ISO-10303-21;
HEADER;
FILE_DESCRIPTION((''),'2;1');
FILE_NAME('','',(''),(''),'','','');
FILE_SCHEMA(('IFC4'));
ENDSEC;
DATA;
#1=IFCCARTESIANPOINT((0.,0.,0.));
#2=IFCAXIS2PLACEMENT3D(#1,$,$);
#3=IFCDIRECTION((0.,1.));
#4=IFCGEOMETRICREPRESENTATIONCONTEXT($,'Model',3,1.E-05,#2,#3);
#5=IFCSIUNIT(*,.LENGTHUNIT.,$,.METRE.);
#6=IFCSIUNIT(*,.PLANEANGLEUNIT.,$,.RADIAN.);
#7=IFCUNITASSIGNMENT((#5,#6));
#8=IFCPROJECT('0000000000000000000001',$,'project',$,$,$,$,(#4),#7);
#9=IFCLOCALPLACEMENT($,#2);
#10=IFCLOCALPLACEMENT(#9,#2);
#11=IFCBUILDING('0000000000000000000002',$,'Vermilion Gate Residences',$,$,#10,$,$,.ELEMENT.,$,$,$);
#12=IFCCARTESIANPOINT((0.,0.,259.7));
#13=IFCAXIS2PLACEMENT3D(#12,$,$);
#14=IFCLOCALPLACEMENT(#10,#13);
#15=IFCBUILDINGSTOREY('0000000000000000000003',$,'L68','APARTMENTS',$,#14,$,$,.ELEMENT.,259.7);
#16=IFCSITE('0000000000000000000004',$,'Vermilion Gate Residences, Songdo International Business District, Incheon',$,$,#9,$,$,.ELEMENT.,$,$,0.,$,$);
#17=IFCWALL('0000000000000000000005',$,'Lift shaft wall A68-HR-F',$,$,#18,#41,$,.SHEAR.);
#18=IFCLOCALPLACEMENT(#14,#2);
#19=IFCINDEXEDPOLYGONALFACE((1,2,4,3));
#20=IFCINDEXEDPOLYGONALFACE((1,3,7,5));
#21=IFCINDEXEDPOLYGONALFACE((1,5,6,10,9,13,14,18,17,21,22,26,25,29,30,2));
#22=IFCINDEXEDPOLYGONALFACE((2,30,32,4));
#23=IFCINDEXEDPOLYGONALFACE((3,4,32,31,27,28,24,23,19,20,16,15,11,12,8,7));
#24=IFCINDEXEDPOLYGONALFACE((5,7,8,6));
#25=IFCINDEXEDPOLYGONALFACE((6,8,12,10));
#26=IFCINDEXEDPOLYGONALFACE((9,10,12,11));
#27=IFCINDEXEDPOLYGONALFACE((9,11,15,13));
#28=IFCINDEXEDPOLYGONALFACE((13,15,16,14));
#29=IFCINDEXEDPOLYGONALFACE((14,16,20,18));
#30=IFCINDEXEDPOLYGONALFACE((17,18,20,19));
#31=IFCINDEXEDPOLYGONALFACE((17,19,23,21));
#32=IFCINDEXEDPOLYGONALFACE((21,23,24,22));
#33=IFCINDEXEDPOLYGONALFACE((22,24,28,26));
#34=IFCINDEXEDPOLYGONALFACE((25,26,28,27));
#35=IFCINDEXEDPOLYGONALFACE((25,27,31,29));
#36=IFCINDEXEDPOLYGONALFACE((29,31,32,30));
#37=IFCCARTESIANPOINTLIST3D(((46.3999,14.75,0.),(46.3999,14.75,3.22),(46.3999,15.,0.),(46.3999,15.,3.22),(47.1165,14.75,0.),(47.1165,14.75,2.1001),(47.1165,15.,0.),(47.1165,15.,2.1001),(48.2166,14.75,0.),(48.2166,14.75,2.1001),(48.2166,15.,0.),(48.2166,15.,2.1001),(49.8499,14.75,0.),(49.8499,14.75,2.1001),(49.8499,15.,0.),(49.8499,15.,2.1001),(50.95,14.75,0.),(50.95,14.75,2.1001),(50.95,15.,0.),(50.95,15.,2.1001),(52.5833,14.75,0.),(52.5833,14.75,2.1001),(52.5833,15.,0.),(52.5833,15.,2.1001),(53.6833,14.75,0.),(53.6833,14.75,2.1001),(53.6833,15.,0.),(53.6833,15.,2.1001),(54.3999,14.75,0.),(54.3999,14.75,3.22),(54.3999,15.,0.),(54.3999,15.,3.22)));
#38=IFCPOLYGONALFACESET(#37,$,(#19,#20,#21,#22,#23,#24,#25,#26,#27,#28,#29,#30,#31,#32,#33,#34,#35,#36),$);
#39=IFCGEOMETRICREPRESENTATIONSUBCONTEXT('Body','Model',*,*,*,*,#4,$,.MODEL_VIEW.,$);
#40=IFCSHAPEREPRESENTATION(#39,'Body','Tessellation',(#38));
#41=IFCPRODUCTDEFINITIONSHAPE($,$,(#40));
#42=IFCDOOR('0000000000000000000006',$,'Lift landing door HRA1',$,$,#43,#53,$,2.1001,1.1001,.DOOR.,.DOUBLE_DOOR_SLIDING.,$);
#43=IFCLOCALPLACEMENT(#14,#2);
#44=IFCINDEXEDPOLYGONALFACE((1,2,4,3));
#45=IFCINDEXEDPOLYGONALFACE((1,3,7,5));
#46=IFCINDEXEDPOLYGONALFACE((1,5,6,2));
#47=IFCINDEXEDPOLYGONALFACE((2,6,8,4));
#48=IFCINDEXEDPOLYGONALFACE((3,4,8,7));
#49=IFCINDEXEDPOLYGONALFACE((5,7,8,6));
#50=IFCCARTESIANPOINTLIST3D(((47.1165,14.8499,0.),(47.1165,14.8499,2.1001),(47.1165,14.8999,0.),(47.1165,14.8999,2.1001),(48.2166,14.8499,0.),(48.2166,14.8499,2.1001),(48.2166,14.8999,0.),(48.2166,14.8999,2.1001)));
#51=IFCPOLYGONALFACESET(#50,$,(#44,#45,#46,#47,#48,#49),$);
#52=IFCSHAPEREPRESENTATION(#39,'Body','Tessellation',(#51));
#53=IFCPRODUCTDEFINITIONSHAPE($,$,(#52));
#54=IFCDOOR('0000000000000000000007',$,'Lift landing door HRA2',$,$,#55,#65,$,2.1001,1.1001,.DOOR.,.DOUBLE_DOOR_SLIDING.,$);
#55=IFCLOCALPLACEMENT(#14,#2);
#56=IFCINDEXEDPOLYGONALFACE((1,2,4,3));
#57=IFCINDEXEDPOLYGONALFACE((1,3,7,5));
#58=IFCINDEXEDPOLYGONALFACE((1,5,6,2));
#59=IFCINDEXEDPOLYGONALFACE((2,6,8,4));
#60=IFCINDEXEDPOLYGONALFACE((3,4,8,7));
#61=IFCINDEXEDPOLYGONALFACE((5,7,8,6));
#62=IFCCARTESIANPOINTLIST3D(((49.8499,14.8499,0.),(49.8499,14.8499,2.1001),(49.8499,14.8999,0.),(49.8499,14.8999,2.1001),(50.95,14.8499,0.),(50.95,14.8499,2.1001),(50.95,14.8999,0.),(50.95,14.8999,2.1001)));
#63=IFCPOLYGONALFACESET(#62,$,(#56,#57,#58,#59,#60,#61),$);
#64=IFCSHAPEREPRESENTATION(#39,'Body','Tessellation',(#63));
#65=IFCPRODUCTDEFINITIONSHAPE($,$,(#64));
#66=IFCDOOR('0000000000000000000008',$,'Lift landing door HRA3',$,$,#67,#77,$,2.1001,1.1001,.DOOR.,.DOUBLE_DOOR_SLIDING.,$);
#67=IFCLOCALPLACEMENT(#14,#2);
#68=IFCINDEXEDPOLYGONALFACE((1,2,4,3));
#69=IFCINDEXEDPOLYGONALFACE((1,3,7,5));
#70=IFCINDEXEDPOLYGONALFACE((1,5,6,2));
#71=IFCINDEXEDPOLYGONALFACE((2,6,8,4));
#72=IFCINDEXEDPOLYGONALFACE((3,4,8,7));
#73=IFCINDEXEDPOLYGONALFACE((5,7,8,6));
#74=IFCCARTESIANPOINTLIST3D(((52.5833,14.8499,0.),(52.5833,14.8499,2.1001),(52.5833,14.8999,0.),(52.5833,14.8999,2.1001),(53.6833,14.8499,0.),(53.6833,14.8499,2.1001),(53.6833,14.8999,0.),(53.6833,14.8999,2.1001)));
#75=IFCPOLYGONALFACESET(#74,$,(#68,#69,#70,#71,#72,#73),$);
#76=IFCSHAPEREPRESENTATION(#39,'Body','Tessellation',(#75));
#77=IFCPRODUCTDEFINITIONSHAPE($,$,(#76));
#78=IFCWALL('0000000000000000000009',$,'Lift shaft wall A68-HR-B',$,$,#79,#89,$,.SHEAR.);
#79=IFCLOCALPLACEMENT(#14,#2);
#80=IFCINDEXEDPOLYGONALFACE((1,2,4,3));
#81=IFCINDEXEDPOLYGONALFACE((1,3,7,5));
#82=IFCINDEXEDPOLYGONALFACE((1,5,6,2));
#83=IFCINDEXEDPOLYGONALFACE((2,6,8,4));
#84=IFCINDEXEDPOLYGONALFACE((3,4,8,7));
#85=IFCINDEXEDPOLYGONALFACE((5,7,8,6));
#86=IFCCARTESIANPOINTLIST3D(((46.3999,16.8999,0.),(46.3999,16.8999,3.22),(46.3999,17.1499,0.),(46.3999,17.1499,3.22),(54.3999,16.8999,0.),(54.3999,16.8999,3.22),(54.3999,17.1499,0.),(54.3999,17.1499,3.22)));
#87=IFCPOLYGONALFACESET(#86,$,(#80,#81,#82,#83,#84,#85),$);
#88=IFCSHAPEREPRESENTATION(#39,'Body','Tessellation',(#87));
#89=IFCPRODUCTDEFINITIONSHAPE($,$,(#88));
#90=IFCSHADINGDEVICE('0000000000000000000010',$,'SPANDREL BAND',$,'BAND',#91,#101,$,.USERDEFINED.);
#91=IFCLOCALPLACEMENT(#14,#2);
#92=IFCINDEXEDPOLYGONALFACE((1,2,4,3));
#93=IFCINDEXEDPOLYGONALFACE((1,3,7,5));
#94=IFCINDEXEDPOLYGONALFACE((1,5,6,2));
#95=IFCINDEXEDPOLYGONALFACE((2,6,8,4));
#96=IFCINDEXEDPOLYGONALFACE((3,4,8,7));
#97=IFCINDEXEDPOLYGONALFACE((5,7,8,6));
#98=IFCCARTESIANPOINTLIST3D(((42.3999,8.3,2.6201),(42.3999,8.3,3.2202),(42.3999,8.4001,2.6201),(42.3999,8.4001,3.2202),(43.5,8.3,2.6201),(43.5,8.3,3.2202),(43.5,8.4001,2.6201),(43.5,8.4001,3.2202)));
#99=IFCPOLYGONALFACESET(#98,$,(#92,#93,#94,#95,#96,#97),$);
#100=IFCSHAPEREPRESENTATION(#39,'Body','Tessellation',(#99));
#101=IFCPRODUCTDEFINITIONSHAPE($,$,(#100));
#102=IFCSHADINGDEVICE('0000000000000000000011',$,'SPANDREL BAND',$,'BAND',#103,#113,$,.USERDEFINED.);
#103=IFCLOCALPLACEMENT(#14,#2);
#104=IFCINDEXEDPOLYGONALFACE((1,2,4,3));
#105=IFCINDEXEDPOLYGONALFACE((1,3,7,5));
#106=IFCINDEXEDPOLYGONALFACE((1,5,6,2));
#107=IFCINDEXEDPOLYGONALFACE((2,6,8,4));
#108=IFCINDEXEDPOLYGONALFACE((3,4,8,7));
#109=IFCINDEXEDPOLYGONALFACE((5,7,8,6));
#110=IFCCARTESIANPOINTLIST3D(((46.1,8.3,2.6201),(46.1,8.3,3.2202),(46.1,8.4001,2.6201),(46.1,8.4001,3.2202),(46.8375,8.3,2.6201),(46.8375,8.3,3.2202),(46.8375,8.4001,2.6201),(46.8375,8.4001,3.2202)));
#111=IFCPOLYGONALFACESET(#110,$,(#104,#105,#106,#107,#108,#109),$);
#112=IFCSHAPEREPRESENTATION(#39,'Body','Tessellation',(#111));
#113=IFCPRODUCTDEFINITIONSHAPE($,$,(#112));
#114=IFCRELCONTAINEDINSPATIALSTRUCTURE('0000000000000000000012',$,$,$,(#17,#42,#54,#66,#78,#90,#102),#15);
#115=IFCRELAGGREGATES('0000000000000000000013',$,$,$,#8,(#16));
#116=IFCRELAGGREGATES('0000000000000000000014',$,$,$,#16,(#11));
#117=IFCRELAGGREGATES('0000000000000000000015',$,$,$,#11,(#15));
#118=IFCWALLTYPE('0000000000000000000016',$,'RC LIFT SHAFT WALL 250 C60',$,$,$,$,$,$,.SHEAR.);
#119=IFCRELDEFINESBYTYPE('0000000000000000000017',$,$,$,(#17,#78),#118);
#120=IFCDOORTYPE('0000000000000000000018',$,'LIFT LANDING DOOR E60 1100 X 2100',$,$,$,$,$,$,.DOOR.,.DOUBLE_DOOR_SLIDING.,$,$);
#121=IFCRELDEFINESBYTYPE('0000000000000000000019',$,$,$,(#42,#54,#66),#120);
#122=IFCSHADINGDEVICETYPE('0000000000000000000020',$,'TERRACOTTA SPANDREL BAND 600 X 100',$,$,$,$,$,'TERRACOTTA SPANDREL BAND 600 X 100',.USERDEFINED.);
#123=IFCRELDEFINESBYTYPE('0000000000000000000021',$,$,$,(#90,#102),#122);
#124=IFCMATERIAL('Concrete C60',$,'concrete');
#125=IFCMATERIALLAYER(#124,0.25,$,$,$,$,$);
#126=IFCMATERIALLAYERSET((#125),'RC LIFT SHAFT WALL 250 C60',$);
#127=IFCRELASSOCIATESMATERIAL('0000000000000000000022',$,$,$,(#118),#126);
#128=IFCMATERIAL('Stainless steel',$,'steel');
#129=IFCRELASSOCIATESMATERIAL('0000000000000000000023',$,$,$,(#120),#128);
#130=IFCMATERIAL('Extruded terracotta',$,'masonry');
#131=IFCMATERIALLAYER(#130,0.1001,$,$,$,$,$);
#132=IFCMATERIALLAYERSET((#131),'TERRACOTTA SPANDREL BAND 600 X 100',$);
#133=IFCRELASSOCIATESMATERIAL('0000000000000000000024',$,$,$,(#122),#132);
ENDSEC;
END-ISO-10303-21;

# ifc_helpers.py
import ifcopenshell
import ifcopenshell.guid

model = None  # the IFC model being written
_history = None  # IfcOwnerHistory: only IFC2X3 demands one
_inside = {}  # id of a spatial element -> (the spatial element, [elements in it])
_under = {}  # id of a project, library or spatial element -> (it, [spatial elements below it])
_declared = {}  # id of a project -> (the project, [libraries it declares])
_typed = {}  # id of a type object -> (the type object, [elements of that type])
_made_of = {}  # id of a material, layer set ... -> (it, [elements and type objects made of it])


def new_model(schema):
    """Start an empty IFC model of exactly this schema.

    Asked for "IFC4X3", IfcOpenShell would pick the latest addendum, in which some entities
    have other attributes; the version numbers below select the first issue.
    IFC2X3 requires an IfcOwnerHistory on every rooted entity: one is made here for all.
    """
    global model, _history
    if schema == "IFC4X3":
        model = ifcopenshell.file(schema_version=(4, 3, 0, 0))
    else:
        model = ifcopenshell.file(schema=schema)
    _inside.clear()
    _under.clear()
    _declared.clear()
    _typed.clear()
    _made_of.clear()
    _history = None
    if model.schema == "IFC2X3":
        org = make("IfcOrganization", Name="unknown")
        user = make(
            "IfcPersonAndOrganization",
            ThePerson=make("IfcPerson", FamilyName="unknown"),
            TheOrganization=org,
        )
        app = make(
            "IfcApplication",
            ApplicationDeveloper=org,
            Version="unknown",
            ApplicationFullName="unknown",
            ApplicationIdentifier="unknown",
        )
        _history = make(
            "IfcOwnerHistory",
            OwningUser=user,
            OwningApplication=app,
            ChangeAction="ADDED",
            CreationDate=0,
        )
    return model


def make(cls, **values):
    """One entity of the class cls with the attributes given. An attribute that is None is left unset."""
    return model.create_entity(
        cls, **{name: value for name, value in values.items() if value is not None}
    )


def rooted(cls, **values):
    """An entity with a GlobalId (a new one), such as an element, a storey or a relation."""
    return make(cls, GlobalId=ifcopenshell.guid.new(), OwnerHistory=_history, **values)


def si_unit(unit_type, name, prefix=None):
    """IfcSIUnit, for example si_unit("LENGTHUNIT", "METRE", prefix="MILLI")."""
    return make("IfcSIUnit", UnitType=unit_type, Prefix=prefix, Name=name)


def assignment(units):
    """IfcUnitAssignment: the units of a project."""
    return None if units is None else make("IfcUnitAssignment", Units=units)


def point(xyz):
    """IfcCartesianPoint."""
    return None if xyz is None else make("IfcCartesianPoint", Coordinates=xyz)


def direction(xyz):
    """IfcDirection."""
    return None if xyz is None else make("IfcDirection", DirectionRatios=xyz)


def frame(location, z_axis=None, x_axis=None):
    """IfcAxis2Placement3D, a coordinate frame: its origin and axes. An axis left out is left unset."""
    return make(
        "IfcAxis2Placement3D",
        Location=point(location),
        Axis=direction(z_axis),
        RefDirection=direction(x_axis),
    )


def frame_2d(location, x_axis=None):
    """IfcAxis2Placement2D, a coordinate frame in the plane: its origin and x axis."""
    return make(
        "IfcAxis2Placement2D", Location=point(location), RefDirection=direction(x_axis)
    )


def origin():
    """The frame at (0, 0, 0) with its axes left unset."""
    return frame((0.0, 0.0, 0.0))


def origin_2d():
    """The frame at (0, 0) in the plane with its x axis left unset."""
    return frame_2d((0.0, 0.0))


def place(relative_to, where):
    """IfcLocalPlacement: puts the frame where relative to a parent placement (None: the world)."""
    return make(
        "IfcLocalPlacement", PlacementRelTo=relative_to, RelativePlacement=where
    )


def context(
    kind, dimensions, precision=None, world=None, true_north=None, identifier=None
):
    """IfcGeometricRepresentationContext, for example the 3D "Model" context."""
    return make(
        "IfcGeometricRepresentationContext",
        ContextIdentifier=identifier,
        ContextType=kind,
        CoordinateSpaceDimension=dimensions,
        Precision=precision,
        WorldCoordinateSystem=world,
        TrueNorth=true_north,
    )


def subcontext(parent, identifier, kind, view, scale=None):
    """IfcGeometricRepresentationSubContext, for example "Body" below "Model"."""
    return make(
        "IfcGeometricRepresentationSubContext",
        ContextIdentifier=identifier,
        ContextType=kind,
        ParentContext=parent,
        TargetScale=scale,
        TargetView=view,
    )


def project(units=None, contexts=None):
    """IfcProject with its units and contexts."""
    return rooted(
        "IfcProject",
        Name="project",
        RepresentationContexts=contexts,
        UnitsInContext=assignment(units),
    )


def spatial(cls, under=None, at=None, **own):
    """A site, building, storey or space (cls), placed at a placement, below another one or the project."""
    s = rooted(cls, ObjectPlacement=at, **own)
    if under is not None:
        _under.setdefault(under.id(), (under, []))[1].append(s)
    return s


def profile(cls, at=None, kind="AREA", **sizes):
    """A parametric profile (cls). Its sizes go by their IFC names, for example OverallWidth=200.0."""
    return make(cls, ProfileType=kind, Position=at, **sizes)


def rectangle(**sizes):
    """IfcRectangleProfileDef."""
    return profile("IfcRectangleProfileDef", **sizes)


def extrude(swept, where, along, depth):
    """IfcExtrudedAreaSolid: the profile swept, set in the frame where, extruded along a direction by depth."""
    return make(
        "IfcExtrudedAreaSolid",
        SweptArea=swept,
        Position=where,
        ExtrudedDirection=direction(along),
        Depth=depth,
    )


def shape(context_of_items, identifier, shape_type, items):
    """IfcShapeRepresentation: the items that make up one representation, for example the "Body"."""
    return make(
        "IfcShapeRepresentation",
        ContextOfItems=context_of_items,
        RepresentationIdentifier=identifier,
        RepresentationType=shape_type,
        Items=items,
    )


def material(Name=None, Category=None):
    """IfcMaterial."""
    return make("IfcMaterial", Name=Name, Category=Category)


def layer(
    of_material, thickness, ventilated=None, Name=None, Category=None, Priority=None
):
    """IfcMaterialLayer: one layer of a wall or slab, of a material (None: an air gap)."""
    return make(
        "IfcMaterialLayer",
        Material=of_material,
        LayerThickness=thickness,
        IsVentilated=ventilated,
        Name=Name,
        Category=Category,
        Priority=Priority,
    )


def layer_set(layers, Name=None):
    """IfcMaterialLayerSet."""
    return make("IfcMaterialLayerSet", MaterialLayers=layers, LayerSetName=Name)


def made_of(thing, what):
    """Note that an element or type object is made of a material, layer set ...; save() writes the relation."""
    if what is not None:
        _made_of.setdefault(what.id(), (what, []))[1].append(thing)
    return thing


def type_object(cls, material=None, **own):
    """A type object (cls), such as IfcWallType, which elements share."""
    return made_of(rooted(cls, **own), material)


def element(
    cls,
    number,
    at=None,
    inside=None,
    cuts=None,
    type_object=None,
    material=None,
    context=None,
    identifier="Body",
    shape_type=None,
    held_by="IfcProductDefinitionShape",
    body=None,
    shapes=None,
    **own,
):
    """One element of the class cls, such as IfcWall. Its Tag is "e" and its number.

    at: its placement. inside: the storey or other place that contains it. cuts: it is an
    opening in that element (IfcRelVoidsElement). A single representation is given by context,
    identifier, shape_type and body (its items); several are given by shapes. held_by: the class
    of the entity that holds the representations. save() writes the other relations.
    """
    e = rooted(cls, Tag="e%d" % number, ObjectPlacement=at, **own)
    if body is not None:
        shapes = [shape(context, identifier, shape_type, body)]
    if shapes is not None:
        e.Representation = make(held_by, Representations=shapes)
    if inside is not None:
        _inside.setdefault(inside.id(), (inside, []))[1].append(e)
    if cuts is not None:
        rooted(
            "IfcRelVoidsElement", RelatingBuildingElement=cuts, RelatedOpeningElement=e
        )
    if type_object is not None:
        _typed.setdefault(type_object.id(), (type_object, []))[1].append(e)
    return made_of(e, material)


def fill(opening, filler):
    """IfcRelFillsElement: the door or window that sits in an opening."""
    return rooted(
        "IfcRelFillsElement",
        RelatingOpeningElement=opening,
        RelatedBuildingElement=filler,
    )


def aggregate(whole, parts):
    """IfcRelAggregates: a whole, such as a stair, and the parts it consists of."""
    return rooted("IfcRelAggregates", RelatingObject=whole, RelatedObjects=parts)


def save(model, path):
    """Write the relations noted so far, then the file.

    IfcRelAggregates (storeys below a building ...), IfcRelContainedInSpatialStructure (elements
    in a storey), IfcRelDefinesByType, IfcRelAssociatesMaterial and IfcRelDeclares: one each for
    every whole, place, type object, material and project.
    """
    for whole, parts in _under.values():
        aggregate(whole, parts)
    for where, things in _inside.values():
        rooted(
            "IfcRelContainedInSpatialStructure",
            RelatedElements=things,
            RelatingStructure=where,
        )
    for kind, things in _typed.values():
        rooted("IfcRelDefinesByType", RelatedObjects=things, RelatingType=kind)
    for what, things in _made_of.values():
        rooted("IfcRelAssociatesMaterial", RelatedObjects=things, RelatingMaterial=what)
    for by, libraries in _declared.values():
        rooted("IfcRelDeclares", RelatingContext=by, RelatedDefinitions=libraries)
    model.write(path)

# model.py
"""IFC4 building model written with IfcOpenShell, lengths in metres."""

from ifc_helpers import new_model, si_unit, direction, frame, frame_2d, origin, origin_2d, place, context, subcontext, project, spatial, rectangle, extrude, material, layer, layer_set, type_object, element, fill, save


model = new_model("IFC4")

# Units and contexts
model_context = context("Model", 3, precision=1e-05, world=origin(), true_north=direction((0.0, 1.0)))
body_context = subcontext(model_context, "Body", "Model", "MODEL_VIEW")
ifc_project = project(units=[si_unit("LENGTHUNIT", "METRE"), si_unit("PLANEANGLEUNIT", "RADIAN")], contexts=[model_context])

# Site, building, storey
site_placement = place(None, origin())
site = spatial("IfcSite", under=ifc_project, at=site_placement, Name="Vermilion Gate Residences, Songdo International Business District, Incheon", CompositionType="ELEMENT", RefElevation=0.0)
building_placement = place(site_placement, origin())
building = spatial("IfcBuilding", under=site, at=building_placement, Name="Vermilion Gate Residences", CompositionType="ELEMENT")
storey_placement = place(building_placement, frame((0.0, 0.0, 259.7)))
storey = spatial("IfcBuildingStorey", under=building, at=storey_placement, Name="L68", Description="APARTMENTS", CompositionType="ELEMENT", Elevation=259.7)

# Wall, openings, doors
ifc_material_1 = material(Name="Concrete C60", Category="concrete")
ifc_layer_1 = layer(ifc_material_1, 0.25)
ifc_layer_set_1 = layer_set([ifc_layer_1], Name="RC LIFT SHAFT WALL 250 C60")
wall_type_1 = type_object("IfcWallType", Name="RC LIFT SHAFT WALL 250 C60", PredefinedType="SHEAR", material=ifc_layer_set_1)
wall_1_placement = place(storey_placement, frame((46.3999, 14.875, 0.0), z_axis=(0.0, 0.0, 1.0), x_axis=(1.0, 0.0, 0.0)))
wall_1 = element("IfcWall", 1, at=wall_1_placement, inside=storey, type_object=wall_type_1, Name="Lift shaft wall A68-HR-F", PredefinedType="SHEAR", context=body_context, shape_type="SweptSolid", body=[
    extrude(rectangle(XDim=8.0, YDim=0.25, at=frame_2d((4.0, 0.0))), origin(), (0.0, 0.0, 1.0), 3.22),
])
opening_1_placement = place(wall_1_placement, frame((0.7166, 0.0, 0.0)))
opening_1 = element("IfcOpeningElement", 2, at=opening_1_placement, cuts=wall_1, PredefinedType="OPENING", context=body_context, shape_type="SweptSolid", body=[
    extrude(rectangle(XDim=1.1001, YDim=2.1001, at=frame_2d((0.55, 1.05))), frame((0.0, 0.135, 0.0), z_axis=(0.0, -1.0, 0.0), x_axis=(1.0, 0.0, 0.0)), (0.0, 0.0, 1.0), 0.27),
])
opening_2_placement = place(wall_1_placement, frame((3.45, 0.0, 0.0)))
opening_2 = element("IfcOpeningElement", 3, at=opening_2_placement, cuts=wall_1, PredefinedType="OPENING", context=body_context, shape_type="SweptSolid", body=[
    extrude(rectangle(XDim=1.1001, YDim=2.1001, at=frame_2d((0.55, 1.05))), frame((0.0, 0.135, 0.0), z_axis=(0.0, -1.0, 0.0), x_axis=(1.0, 0.0, 0.0)), (0.0, 0.0, 1.0), 0.27),
])
opening_3_placement = place(wall_1_placement, frame((6.1833, 0.0, 0.0)))
opening_3 = element("IfcOpeningElement", 4, at=opening_3_placement, cuts=wall_1, PredefinedType="OPENING", context=body_context, shape_type="SweptSolid", body=[
    extrude(rectangle(XDim=1.1001, YDim=2.1001, at=frame_2d((0.55, 1.05))), frame((0.0, 0.135, 0.0), z_axis=(0.0, -1.0, 0.0), x_axis=(1.0, 0.0, 0.0)), (0.0, 0.0, 1.0), 0.27),
])
ifc_material_2 = material(Name="Stainless steel", Category="steel")
door_type_1 = type_object("IfcDoorType", Name="LIFT LANDING DOOR E60 1100 X 2100", OperationType="DOUBLE_DOOR_SLIDING", PredefinedType="DOOR", material=ifc_material_2)
door_1_placement = place(opening_1_placement, origin())
door_1 = element("IfcDoor", 5, at=door_1_placement, inside=storey, type_object=door_type_1, Name="Lift landing door HRA1", OperationType="DOUBLE_DOOR_SLIDING", OverallHeight=2.1001, OverallWidth=1.1001, PredefinedType="DOOR", context=body_context, shape_type="SweptSolid", body=[
    extrude(rectangle(XDim=1.1001, YDim=2.1001, at=frame_2d((0.55, 1.05))), frame((0.0, 0.0249, 0.0), z_axis=(0.0, -1.0, 0.0), x_axis=(1.0, 0.0, 0.0)), (0.0, 0.0, 1.0), 0.05),
])
fill(opening_1, door_1)
door_2_placement = place(opening_2_placement, origin())
door_2 = element("IfcDoor", 6, at=door_2_placement, inside=storey, type_object=door_type_1, Name="Lift landing door HRA2", OperationType="DOUBLE_DOOR_SLIDING", OverallHeight=2.1001, OverallWidth=1.1001, PredefinedType="DOOR", context=body_context, shape_type="SweptSolid", body=[
    extrude(rectangle(XDim=1.1001, YDim=2.1001, at=frame_2d((0.55, 1.05))), frame((0.0, 0.0249, 0.0), z_axis=(0.0, -1.0, 0.0), x_axis=(1.0, 0.0, 0.0)), (0.0, 0.0, 1.0), 0.05),
])
fill(opening_2, door_2)
door_3_placement = place(opening_3_placement, origin())
door_3 = element("IfcDoor", 7, at=door_3_placement, inside=storey, type_object=door_type_1, Name="Lift landing door HRA3", OperationType="DOUBLE_DOOR_SLIDING", OverallHeight=2.1001, OverallWidth=1.1001, PredefinedType="DOOR", context=body_context, shape_type="SweptSolid", body=[
    extrude(rectangle(XDim=1.1001, YDim=2.1001, at=frame_2d((0.55, 1.05))), frame((0.0, 0.0249, 0.0), z_axis=(0.0, -1.0, 0.0), x_axis=(1.0, 0.0, 0.0)), (0.0, 0.0, 1.0), 0.05),
])
fill(opening_3, door_3)

# Wall
wall_2_placement = place(storey_placement, frame((46.3999, 17.0249, 0.0), z_axis=(0.0, 0.0, 1.0), x_axis=(1.0, 0.0, 0.0)))
element("IfcWall", 8, at=wall_2_placement, inside=storey, type_object=wall_type_1, Name="Lift shaft wall A68-HR-B", PredefinedType="SHEAR", context=body_context, shape_type="SweptSolid", body=[
    extrude(rectangle(XDim=8.0, YDim=0.25, at=frame_2d((4.0, 0.0))), origin(), (0.0, 0.0, 1.0), 3.22),
])

# Shading devices
ifc_material_3 = material(Name="Extruded terracotta", Category="masonry")
ifc_layer_2 = layer(ifc_material_3, 0.1001)
ifc_layer_set_2 = layer_set([ifc_layer_2], Name="TERRACOTTA SPANDREL BAND 600 X 100")
shading_device_type = type_object("IfcShadingDeviceType", Name="TERRACOTTA SPANDREL BAND 600 X 100", ElementType="TERRACOTTA SPANDREL BAND 600 X 100", PredefinedType="USERDEFINED", material=ifc_layer_set_2)
shading_device_1_placement = place(storey_placement, frame((42.95, 8.3501, 2.6201), z_axis=(0.0, 0.0, 1.0), x_axis=(1.0, 0.0, 0.0)))
element("IfcShadingDevice", 9, at=shading_device_1_placement, inside=storey, type_object=shading_device_type, Name="SPANDREL BAND", ObjectType="BAND", PredefinedType="USERDEFINED", context=body_context, shape_type="SweptSolid", body=[
    extrude(rectangle(XDim=1.1001, YDim=0.1001, at=origin_2d()), origin(), (0.0, 0.0, 1.0), 0.6001),
])
shading_device_2_placement = place(storey_placement, frame((46.4688, 8.3501, 2.6201), z_axis=(0.0, 0.0, 1.0), x_axis=(1.0, 0.0, 0.0)))
element("IfcShadingDevice", 10, at=shading_device_2_placement, inside=storey, type_object=shading_device_type, Name="SPANDREL BAND", ObjectType="BAND", PredefinedType="USERDEFINED", context=body_context, shape_type="SweptSolid", body=[
    extrude(rectangle(XDim=0.7375, YDim=0.1001, at=origin_2d()), origin(), (0.0, 0.0, 1.0), 0.6001),
])

save(model, "model.ifc")
